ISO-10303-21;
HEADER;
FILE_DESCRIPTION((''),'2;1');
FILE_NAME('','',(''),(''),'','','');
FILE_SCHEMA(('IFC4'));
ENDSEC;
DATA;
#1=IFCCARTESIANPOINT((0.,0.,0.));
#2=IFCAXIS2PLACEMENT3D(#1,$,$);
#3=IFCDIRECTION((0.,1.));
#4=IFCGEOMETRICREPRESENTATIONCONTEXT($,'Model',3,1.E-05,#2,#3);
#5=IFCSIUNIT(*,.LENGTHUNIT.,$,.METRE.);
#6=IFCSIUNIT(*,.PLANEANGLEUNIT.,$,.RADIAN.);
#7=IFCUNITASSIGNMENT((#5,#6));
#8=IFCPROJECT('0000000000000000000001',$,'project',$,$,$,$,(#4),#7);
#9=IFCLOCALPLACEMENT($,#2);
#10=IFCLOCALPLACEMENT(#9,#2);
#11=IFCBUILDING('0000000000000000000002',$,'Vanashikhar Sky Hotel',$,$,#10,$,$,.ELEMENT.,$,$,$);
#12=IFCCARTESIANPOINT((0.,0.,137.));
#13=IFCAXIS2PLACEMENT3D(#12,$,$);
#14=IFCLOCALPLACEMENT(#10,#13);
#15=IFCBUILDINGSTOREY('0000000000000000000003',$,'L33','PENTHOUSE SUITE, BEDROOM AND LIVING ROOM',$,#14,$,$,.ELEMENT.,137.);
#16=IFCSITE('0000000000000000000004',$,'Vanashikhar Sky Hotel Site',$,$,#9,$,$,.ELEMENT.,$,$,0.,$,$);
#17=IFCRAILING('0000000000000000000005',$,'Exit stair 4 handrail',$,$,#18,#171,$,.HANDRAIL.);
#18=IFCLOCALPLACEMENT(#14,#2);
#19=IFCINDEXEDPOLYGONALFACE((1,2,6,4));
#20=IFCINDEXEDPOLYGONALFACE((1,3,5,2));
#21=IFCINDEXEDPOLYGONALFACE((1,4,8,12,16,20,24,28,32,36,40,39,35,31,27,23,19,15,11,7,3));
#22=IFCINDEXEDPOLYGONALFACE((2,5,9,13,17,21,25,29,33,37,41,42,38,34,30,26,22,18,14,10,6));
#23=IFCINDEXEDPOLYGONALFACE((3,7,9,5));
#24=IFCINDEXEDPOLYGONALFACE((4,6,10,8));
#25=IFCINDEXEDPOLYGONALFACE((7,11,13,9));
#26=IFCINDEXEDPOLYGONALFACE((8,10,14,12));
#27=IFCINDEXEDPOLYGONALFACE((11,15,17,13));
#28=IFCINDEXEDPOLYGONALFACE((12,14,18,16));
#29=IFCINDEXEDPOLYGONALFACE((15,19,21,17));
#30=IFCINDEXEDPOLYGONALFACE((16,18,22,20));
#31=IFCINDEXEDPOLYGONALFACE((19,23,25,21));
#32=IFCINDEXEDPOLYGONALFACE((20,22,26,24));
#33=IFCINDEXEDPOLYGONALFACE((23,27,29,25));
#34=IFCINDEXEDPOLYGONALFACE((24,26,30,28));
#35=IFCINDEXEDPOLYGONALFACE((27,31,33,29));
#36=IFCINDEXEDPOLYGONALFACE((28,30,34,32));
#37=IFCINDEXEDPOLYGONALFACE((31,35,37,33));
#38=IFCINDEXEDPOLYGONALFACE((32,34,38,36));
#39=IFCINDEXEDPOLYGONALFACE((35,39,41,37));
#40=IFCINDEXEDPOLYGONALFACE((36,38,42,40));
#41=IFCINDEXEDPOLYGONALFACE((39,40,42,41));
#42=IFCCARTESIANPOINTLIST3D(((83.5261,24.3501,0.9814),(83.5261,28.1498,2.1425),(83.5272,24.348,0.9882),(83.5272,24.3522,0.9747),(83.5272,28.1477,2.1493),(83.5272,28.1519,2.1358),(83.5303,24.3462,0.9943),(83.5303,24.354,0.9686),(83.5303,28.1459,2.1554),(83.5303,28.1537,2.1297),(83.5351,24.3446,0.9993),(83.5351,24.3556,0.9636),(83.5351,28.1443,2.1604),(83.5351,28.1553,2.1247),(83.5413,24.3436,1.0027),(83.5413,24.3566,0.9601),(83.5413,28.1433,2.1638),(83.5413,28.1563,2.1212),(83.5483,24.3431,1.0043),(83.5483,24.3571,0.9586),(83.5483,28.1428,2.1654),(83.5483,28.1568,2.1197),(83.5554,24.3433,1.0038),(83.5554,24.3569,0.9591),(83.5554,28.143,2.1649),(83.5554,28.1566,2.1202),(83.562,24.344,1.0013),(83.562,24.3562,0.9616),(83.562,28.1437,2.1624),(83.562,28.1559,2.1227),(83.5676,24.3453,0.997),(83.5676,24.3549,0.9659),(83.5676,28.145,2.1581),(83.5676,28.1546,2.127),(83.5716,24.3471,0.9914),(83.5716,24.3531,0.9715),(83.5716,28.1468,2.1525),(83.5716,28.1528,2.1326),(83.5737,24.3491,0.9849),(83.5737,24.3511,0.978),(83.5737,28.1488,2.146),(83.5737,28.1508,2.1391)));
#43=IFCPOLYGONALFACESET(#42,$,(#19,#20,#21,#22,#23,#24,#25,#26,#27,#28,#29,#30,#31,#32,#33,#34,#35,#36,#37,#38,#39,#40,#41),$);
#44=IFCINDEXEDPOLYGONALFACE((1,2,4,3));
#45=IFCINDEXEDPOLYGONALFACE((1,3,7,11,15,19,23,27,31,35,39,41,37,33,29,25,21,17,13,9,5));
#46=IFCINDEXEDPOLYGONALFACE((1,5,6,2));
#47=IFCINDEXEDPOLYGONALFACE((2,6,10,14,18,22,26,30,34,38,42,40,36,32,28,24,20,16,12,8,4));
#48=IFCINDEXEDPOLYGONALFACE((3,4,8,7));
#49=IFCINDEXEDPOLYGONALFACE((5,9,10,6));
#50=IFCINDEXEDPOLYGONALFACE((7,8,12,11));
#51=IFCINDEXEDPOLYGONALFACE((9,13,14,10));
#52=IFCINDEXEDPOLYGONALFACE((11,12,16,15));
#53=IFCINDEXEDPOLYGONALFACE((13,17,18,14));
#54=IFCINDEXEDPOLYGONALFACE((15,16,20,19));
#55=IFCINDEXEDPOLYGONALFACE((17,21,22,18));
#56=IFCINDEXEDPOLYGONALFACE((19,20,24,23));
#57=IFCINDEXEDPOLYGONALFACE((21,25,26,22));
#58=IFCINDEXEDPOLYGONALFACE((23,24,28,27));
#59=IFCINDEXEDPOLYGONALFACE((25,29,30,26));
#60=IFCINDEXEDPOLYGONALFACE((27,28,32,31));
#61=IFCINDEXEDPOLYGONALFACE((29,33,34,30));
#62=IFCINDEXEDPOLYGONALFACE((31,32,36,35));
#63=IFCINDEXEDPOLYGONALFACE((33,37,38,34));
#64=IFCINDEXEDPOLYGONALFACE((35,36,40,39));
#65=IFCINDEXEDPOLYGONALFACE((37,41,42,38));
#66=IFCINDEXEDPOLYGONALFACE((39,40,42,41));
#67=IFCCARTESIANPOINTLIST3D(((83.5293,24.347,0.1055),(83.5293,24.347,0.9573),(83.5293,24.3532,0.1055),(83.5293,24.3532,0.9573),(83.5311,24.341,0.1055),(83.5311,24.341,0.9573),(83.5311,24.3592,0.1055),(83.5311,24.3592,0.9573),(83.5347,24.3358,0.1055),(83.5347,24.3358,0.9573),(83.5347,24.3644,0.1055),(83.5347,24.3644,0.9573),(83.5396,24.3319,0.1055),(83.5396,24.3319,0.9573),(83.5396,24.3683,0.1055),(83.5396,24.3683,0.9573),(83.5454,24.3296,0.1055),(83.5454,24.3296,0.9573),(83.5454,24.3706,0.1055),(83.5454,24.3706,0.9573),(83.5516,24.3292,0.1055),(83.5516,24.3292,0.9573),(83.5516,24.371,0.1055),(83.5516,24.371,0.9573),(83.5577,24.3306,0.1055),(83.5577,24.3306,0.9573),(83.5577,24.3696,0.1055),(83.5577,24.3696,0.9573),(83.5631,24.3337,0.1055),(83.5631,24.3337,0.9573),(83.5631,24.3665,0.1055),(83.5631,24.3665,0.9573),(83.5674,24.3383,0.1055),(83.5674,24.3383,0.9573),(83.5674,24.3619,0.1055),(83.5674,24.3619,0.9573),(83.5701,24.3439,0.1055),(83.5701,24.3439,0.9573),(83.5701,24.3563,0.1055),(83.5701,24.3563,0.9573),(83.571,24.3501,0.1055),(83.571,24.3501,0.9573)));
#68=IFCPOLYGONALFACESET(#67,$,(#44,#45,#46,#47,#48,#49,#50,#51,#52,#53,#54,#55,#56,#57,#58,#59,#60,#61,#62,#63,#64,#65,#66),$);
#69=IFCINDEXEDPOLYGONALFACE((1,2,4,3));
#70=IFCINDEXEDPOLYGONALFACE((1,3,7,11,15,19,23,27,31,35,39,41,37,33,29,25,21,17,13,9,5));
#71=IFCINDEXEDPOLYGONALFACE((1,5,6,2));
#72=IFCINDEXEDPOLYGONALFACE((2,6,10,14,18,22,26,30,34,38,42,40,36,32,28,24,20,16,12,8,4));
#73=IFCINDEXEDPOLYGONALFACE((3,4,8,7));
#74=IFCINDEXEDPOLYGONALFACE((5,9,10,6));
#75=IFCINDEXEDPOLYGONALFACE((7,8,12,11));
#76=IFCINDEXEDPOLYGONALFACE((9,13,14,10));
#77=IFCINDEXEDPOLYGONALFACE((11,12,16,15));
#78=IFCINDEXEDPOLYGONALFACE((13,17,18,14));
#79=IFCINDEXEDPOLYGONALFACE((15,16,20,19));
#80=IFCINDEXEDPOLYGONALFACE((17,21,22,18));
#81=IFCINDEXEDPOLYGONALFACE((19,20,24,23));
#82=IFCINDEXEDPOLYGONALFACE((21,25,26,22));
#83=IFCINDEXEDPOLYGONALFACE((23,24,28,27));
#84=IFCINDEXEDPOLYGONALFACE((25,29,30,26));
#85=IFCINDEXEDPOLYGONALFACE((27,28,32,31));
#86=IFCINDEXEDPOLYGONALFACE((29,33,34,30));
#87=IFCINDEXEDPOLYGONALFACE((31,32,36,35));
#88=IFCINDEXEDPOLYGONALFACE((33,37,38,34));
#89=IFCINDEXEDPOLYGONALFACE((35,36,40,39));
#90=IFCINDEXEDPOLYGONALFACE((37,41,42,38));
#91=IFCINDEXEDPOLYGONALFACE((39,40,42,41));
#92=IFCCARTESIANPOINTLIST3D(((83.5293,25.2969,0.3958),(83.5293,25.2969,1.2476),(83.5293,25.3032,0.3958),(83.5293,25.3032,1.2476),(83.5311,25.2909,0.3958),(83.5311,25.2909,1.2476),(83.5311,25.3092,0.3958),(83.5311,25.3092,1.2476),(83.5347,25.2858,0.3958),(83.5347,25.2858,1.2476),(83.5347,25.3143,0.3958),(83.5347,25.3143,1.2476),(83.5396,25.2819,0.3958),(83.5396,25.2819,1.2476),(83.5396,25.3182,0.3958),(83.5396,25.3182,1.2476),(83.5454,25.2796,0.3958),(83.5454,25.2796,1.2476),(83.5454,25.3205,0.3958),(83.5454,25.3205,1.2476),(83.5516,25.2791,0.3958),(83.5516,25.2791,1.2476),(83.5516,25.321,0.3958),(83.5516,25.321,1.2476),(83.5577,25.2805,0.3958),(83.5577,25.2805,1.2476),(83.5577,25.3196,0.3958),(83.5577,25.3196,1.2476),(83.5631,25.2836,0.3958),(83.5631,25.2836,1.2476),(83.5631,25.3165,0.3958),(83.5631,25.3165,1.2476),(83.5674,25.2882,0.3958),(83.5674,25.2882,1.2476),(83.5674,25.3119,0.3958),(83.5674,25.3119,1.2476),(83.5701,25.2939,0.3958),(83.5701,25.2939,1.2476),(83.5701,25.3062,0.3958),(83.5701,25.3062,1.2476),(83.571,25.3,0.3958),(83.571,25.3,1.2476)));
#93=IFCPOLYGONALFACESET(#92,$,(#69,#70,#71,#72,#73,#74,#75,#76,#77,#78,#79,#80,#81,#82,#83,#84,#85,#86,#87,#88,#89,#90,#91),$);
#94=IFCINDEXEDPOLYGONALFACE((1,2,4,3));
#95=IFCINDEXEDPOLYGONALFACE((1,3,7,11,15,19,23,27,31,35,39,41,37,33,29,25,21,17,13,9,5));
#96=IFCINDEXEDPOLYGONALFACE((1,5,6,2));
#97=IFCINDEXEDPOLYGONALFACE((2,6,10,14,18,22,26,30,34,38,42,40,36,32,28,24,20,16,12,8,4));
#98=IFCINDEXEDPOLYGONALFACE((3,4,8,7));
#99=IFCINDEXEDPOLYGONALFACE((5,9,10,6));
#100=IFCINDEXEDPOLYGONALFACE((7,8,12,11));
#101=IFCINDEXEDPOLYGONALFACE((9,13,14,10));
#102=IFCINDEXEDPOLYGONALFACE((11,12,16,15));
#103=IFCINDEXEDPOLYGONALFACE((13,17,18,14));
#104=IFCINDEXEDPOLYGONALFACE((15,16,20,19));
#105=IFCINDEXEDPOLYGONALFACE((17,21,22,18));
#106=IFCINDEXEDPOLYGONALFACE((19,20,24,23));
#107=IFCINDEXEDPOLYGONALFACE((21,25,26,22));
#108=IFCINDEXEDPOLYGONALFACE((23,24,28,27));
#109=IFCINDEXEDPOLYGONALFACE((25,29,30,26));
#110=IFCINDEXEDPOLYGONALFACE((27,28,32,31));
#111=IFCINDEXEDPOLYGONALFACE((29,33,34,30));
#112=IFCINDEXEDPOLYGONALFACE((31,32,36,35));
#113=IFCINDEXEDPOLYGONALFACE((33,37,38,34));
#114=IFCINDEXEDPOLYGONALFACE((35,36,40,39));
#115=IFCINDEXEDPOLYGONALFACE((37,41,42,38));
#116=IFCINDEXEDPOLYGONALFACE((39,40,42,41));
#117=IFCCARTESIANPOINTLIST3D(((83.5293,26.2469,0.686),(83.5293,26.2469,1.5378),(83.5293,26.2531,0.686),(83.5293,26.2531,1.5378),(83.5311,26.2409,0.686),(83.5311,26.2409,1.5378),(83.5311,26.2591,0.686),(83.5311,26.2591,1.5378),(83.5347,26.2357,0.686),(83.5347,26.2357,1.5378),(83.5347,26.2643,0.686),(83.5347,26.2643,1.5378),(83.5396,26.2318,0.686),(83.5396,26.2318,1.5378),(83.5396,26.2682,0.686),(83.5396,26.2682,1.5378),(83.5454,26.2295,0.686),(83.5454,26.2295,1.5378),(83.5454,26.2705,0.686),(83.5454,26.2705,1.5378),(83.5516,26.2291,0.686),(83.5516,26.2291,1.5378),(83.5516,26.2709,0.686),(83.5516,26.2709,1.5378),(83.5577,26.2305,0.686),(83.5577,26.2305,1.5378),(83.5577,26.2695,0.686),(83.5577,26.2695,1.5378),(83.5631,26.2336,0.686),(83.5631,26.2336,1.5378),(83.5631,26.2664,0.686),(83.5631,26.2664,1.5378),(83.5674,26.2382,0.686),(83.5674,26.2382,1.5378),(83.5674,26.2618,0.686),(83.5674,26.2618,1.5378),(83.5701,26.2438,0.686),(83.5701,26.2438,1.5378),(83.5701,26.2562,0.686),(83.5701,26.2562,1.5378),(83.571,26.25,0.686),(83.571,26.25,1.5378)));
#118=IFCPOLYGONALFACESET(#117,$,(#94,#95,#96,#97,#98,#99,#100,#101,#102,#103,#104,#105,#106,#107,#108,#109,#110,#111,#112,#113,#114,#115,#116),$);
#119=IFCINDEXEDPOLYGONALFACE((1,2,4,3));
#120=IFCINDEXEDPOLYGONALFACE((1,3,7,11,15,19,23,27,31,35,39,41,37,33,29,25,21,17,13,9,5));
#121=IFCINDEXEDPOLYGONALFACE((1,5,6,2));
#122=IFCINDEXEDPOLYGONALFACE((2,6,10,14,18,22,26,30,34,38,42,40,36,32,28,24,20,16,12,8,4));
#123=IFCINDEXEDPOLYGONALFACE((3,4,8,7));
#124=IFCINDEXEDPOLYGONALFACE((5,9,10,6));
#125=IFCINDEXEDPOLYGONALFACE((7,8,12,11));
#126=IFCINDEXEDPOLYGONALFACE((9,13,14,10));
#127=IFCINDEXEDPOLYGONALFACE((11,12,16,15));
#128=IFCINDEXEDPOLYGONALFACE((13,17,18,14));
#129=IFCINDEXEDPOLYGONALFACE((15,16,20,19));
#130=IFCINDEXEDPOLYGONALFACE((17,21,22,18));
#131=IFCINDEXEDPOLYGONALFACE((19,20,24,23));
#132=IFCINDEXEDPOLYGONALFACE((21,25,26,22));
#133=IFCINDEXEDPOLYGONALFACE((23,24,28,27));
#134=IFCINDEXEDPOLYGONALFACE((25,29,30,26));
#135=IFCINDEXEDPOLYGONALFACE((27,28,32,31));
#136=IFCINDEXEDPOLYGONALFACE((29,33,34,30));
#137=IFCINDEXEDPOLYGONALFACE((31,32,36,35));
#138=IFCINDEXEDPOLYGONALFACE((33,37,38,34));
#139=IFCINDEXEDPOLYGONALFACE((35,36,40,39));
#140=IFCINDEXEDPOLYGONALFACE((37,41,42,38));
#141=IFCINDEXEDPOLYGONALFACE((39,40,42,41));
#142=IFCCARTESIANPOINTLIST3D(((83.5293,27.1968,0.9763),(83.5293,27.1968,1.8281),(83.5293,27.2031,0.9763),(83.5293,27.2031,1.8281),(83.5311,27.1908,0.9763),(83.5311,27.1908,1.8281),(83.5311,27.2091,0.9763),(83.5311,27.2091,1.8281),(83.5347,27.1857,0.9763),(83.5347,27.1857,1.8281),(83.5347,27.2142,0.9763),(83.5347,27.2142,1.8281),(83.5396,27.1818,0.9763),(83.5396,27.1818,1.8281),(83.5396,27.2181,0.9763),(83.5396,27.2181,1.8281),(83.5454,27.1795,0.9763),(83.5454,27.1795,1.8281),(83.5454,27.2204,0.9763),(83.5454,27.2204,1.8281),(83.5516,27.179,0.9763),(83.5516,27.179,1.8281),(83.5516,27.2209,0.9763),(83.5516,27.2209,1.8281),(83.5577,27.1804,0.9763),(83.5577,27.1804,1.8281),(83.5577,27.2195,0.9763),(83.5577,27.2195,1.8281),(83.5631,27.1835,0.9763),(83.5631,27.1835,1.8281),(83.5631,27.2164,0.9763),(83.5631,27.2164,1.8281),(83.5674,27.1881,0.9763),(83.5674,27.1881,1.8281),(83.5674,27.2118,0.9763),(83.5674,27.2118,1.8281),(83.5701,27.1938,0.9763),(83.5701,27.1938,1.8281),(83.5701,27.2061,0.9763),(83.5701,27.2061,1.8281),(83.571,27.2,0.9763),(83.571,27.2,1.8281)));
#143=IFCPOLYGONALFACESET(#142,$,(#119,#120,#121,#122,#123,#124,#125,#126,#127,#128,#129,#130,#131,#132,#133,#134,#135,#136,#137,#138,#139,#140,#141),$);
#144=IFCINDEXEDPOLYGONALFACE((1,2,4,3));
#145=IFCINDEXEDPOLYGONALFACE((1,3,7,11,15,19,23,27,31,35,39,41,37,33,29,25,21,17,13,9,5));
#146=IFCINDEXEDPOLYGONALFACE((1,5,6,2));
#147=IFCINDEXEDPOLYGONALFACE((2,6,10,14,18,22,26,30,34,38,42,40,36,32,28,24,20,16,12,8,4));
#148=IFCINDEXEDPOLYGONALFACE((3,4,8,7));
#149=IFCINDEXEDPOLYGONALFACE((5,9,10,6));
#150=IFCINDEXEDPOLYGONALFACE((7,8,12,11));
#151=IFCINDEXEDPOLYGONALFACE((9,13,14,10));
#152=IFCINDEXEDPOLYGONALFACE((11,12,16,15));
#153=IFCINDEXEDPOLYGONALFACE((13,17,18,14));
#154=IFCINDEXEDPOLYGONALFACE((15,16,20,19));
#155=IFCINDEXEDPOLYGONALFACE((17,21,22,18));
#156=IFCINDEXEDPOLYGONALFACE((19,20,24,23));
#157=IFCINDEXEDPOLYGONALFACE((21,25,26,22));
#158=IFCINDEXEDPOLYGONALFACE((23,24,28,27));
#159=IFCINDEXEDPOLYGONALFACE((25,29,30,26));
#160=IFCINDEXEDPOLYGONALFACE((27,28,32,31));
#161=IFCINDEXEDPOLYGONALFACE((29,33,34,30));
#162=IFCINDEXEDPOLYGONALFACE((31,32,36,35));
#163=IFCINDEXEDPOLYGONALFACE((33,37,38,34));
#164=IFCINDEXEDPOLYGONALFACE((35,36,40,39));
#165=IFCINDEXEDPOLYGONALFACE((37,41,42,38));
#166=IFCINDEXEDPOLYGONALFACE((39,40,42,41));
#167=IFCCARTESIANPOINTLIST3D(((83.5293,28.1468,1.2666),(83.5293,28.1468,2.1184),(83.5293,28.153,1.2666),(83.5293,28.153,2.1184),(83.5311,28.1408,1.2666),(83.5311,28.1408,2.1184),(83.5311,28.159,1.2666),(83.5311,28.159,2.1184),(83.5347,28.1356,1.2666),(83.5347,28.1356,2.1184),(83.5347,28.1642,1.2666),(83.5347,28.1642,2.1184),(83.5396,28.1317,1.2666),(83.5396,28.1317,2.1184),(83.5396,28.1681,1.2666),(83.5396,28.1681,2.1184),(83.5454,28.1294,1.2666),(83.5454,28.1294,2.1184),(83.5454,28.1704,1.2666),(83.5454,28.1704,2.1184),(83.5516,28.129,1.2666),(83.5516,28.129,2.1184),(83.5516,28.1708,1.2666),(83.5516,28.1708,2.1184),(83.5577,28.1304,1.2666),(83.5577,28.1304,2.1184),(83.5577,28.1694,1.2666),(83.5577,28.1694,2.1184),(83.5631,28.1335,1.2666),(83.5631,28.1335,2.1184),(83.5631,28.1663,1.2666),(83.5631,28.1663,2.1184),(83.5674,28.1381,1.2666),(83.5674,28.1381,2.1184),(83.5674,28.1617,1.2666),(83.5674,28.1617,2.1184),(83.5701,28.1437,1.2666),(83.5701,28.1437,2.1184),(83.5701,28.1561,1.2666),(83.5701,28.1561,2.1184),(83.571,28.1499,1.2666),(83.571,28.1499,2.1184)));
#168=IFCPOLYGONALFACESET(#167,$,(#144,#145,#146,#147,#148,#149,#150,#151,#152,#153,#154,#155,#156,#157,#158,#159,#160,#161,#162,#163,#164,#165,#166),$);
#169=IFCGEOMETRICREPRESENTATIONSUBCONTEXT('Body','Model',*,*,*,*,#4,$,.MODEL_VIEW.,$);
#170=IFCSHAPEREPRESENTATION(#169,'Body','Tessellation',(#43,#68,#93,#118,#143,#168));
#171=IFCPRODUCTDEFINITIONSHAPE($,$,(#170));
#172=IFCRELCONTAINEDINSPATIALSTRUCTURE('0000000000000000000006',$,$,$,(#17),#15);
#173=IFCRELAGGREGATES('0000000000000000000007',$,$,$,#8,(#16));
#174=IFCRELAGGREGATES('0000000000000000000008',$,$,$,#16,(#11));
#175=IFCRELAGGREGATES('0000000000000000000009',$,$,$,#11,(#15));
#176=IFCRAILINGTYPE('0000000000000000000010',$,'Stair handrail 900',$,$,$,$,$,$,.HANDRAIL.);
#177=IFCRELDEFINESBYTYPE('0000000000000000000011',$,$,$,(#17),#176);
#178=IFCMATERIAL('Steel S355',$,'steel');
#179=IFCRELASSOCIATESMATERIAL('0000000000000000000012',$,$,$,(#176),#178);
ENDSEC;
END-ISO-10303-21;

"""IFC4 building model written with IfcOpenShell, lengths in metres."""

from ifc_helpers import new_model, si_unit, direction, frame, origin, origin_2d, place, context, subcontext, project, spatial, circle, extrude, source, transform, mapped, material, type_object, element, save


model = new_model("IFC4")

# Units and contexts
model_context = context("Model", 3, precision=1e-05, world=origin(), true_north=direction((0.0, 1.0)))
body_context = subcontext(model_context, "Body", "Model", "MODEL_VIEW")
ifc_project = project(units=[si_unit("LENGTHUNIT", "METRE"), si_unit("PLANEANGLEUNIT", "RADIAN")], contexts=[model_context])

# Site, building, storey
site_placement = place(None, origin())
site = spatial("IfcSite", under=ifc_project, at=site_placement, Name="Vanashikhar Sky Hotel Site", CompositionType="ELEMENT", RefElevation=0.0)
building_placement = place(site_placement, origin())
building = spatial("IfcBuilding", under=site, at=building_placement, Name="Vanashikhar Sky Hotel", CompositionType="ELEMENT")
storey_placement = place(building_placement, frame((0.0, 0.0, 137.0)))
storey = spatial("IfcBuildingStorey", under=building, at=storey_placement, Name="L33", Description="PENTHOUSE SUITE, BEDROOM AND LIVING ROOM", CompositionType="ELEMENT", Elevation=137.0)

# Railing
ifc_material_1 = material(Name="Steel S355", Category="steel")
railing_type_1 = type_object("IfcRailingType", Name="Stair handrail 900", PredefinedType="HANDRAIL", material=ifc_material_1)
shared_shape_1 = source(origin(), body_context, "Body", "SweptSolid", [
    extrude(circle(Radius=0.0239, at=origin_2d()), frame((0.0, 0.0, 0.876), z_axis=(0.0, 0.956346, 0.292237), x_axis=(-1.0, 0.0, 0.0)), (0.0, 0.0, 1.0), 3.9731),
    extrude(circle(Radius=0.021, at=origin_2d()), origin(), (0.0, 0.0, 1.0), 0.8518),
    extrude(circle(Radius=0.021, at=origin_2d()), frame((0.0, 0.95, 0.2903)), (0.0, 0.0, 1.0), 0.8518),
    extrude(circle(Radius=0.021, at=origin_2d()), frame((0.0, 1.8999, 0.5806)), (0.0, 0.0, 1.0), 0.8518),
    extrude(circle(Radius=0.021, at=origin_2d()), frame((0.0, 2.8499, 0.8708)), (0.0, 0.0, 1.0), 0.8518),
    extrude(circle(Radius=0.021, at=origin_2d()), frame((0.0, 3.7998, 1.1611)), (0.0, 0.0, 1.0), 0.8518),
])
for number, where, name in (
    (1, (83.55, 24.3501, 0.1055), "Exit stair 4 handrail"),
):
    element("IfcRailing", number, at=place(storey_placement, frame(where)), inside=storey, type_object=railing_type_1, Name=name, PredefinedType="HANDRAIL", context=body_context, shape_type="MappedRepresentation", body=[
        mapped(shared_shape_1, transform((0.0, 0.0, 0.0), scale=1.0)),
    ])

save(model, "model.ifc")
